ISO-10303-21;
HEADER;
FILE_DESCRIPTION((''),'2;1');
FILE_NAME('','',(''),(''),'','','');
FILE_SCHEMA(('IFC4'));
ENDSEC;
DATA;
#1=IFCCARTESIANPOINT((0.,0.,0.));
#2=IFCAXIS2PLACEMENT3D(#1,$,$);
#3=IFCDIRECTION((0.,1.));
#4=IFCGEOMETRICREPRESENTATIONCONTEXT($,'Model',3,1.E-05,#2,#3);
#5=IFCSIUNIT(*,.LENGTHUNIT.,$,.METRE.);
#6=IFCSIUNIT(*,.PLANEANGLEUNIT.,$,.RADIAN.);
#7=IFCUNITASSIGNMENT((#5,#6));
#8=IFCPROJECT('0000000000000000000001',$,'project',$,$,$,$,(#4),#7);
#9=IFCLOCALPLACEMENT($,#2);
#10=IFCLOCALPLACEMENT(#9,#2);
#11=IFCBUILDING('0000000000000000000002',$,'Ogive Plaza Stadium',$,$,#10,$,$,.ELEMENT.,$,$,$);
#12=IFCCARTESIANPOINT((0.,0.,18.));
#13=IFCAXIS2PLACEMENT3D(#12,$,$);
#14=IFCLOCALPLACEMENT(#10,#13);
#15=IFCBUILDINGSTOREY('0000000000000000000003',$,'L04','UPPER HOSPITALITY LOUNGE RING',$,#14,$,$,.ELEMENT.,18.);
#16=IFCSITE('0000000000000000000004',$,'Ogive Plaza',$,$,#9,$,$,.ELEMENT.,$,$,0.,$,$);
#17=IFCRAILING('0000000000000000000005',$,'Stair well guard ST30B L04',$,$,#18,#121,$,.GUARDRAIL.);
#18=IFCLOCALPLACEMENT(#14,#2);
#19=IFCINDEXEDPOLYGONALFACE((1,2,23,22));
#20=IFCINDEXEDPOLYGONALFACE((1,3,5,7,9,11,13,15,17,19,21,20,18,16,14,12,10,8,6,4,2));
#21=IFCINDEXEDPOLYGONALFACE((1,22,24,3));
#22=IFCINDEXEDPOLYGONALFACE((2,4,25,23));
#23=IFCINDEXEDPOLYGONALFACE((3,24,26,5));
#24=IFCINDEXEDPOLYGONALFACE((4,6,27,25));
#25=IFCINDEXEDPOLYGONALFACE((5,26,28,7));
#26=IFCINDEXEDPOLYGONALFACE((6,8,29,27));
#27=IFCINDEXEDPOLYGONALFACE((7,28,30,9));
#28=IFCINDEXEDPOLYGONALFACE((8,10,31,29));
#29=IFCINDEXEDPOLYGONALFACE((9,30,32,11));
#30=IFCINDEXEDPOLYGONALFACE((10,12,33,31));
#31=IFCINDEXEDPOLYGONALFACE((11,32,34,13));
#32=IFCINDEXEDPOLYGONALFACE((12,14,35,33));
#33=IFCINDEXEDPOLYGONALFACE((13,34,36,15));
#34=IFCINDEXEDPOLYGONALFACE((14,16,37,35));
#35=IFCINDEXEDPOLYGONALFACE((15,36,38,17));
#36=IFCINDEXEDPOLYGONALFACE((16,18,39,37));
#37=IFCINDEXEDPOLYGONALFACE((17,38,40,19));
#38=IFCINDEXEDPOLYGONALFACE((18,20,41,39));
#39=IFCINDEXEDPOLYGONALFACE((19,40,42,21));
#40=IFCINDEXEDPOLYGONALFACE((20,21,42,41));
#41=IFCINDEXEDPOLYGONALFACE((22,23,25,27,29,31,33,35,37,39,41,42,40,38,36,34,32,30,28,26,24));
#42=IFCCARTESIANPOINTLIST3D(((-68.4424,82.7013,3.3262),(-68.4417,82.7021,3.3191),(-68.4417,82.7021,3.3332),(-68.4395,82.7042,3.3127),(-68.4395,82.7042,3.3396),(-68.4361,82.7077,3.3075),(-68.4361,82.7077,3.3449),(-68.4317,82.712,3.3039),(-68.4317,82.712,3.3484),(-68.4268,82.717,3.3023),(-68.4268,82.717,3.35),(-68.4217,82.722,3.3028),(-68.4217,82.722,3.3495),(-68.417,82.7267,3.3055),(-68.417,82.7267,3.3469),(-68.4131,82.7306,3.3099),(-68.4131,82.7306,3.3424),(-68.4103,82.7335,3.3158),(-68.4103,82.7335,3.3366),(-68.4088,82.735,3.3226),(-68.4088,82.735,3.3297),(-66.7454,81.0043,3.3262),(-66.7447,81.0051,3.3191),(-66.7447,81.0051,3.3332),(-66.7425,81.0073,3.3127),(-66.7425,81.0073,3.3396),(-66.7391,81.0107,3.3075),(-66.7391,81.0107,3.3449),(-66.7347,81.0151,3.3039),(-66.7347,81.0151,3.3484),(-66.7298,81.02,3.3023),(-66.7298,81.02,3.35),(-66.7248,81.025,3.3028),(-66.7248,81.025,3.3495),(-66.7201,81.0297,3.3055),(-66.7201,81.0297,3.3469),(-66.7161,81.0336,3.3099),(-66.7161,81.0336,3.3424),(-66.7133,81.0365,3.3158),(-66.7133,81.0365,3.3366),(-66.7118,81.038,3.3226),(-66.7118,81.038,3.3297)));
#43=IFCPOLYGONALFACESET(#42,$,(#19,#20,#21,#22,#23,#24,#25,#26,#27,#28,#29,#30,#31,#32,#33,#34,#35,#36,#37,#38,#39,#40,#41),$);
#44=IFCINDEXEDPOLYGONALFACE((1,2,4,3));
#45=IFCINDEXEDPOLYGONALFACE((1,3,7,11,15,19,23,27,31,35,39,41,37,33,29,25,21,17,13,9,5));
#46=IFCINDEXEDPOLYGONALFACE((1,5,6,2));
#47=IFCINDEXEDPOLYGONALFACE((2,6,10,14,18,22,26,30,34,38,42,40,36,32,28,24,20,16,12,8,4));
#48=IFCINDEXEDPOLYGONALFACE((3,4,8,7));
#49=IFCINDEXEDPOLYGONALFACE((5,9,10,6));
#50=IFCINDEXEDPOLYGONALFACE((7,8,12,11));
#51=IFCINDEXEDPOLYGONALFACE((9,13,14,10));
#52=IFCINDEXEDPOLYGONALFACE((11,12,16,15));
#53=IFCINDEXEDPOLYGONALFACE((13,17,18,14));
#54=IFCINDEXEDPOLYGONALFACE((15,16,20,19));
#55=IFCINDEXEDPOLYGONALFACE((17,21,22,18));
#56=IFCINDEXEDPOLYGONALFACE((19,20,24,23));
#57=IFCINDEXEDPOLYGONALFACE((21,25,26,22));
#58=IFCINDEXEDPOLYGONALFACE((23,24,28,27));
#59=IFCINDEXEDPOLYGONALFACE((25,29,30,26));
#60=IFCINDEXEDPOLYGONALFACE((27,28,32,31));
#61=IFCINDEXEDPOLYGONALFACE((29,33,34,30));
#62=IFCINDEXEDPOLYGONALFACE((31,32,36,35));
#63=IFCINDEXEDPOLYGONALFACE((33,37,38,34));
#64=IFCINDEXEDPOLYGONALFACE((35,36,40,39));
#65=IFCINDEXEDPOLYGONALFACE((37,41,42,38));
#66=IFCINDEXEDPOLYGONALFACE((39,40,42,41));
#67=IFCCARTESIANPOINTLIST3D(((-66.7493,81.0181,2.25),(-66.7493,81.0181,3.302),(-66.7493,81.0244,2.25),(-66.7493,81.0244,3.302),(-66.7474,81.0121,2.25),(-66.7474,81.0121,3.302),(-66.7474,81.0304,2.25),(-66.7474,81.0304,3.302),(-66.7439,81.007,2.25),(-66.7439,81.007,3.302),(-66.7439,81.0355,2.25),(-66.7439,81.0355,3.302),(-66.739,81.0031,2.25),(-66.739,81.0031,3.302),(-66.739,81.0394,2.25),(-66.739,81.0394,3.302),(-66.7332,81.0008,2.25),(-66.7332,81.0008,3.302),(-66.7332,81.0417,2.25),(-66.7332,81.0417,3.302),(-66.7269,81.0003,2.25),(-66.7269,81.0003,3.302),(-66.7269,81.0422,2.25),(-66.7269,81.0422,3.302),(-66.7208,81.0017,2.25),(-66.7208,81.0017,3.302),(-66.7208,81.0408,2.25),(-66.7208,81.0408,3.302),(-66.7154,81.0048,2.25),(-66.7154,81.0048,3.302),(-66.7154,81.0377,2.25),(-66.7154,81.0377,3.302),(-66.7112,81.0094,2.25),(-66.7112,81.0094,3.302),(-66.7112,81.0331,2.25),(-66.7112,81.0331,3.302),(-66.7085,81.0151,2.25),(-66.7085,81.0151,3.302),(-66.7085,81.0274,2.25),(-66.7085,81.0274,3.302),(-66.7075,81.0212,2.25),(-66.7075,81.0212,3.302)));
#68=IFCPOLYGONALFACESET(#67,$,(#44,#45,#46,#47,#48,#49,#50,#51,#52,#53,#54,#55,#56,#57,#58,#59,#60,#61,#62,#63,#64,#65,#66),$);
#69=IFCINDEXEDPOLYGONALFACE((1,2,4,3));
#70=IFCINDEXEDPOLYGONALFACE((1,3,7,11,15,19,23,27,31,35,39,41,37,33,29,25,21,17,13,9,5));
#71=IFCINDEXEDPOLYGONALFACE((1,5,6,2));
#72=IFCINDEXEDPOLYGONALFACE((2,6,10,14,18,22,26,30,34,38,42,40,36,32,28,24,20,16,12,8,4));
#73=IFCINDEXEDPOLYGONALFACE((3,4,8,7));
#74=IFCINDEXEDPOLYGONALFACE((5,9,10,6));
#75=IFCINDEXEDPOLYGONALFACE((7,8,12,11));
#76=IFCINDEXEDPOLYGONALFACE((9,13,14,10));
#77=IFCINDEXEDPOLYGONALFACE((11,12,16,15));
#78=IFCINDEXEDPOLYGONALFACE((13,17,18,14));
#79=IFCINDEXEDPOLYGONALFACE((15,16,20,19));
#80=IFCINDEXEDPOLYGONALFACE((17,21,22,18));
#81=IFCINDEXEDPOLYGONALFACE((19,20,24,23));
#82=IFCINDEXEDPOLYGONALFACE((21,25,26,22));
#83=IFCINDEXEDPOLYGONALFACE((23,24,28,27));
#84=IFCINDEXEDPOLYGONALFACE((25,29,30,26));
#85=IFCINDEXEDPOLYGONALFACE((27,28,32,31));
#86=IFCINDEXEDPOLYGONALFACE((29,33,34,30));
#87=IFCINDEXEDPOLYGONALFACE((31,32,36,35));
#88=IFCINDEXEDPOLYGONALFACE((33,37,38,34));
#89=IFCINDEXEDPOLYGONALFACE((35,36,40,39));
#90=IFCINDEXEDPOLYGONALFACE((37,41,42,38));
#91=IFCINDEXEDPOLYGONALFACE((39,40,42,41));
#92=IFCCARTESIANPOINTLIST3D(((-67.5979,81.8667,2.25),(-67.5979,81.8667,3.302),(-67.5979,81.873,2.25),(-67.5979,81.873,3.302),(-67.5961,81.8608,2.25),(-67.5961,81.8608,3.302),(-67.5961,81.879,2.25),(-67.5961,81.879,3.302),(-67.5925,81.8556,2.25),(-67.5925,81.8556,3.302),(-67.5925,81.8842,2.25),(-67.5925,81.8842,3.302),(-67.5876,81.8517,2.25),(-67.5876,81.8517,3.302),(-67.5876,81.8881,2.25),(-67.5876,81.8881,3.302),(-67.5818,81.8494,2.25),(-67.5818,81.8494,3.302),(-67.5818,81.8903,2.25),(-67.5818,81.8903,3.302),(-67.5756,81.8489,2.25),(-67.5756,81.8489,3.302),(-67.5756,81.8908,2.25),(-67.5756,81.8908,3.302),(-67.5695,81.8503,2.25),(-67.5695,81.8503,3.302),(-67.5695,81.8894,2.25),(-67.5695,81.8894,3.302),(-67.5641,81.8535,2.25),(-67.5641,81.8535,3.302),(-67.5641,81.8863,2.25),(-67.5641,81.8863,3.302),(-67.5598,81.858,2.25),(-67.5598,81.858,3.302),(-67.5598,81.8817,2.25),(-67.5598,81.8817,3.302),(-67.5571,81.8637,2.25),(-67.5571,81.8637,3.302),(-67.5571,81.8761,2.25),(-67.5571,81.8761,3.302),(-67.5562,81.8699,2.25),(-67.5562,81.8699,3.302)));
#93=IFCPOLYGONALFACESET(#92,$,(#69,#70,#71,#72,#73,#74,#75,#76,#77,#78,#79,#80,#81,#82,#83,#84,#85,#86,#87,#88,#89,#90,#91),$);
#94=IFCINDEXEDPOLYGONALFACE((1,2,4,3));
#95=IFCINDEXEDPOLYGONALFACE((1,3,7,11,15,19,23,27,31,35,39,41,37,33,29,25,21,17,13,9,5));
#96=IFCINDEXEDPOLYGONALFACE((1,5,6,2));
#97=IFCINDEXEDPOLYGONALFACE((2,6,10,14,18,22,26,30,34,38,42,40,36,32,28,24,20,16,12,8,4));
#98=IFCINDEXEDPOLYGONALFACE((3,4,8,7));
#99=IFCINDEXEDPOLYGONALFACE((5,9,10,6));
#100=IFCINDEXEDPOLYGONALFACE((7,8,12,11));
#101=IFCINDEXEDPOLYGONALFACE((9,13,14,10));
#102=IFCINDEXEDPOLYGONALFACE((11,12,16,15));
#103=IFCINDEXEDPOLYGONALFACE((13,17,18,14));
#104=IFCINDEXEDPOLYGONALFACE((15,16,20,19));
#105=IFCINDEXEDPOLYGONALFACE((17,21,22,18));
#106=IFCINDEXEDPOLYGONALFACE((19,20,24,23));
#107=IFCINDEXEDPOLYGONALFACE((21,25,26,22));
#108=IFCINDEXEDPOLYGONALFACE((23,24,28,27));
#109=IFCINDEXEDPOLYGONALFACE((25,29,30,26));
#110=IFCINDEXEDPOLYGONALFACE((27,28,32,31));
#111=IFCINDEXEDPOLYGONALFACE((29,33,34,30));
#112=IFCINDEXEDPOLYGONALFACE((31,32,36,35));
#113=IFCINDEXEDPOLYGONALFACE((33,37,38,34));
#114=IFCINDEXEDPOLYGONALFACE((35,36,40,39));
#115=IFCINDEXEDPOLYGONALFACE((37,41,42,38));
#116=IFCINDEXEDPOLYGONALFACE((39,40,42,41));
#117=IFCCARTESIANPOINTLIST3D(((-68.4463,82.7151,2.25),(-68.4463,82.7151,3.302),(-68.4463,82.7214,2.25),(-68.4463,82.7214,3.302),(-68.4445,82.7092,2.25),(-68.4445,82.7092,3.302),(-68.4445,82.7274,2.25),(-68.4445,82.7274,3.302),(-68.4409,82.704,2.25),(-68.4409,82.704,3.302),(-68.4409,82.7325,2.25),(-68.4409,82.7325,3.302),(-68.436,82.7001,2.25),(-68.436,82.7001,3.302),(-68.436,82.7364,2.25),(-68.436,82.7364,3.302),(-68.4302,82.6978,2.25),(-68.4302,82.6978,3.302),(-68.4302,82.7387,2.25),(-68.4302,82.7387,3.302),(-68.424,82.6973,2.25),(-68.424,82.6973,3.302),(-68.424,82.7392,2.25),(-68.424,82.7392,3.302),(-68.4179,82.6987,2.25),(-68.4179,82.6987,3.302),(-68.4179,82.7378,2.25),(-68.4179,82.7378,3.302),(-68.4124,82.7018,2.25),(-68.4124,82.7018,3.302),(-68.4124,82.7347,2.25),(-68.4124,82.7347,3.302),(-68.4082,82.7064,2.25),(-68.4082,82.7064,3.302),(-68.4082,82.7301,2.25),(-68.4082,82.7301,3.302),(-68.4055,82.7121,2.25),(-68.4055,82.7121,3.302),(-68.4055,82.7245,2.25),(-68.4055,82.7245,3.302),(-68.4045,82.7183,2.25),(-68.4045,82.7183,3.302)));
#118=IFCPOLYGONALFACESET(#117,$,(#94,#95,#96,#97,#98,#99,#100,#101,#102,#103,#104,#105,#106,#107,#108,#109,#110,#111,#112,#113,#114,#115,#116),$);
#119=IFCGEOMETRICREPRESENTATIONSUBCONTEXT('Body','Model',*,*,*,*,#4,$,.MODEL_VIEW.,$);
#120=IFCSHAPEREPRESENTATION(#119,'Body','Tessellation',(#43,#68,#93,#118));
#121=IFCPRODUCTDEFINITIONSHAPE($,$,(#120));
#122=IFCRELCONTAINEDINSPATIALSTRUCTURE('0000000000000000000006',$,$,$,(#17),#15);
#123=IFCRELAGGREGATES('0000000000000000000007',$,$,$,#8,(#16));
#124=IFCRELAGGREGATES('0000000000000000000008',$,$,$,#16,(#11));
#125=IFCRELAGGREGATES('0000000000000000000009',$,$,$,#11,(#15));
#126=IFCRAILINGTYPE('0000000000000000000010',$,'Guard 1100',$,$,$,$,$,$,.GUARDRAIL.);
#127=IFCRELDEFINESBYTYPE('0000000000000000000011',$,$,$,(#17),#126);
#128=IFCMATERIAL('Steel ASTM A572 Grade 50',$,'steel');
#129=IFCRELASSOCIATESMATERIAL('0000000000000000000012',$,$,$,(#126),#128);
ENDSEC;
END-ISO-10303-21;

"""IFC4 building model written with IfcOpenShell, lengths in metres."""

from ifc_helpers import new_model, si_unit, direction, frame, origin, origin_2d, place, context, subcontext, project, spatial, circle, extrude, material, type_object, element, save


model = new_model("IFC4")

# Units and contexts
model_context = context("Model", 3, precision=1e-05, world=origin(), true_north=direction((0.0, 1.0)))
body_context = subcontext(model_context, "Body", "Model", "MODEL_VIEW")
ifc_project = project(units=[si_unit("LENGTHUNIT", "METRE"), si_unit("PLANEANGLEUNIT", "RADIAN")], contexts=[model_context])

# Site, building, storey
site_placement = place(None, origin())
site = spatial("IfcSite", under=ifc_project, at=site_placement, Name="Ogive Plaza", CompositionType="ELEMENT", RefElevation=0.0)
building_placement = place(site_placement, origin())
building = spatial("IfcBuilding", under=site, at=building_placement, Name="Ogive Plaza Stadium", CompositionType="ELEMENT")
storey_placement = place(building_placement, frame((0.0, 0.0, 18.0)))
storey = spatial("IfcBuildingStorey", under=building, at=storey_placement, Name="L04", Description="UPPER HOSPITALITY LOUNGE RING", CompositionType="ELEMENT", Elevation=18.0)

# Railing
ifc_material_1 = material(Name="Steel ASTM A572 Grade 50", Category="steel")
railing_type_1 = type_object("IfcRailingType", Name="Guard 1100", PredefinedType="GUARDRAIL", material=ifc_material_1)
for number, where, name in (
    (1, (-66.7285, 81.0212, 2.25), "Stair well guard ST30B L04"),
):
    element("IfcRailing", number, at=place(storey_placement, frame(where)), inside=storey, type_object=railing_type_1, Name=name, PredefinedType="GUARDRAIL", context=body_context, shape_type="SweptSolid", body=[
        extrude(circle(Radius=0.0239, at=origin_2d()), frame((0.0, 0.0, 1.0762), z_axis=(-0.707107, 0.707107, 0.0), x_axis=(-0.707107, -0.707107, 0.0)), (0.0, 0.0, 1.0), 2.3999),
        extrude(circle(Radius=0.021, at=origin_2d()), origin(), (0.0, 0.0, 1.0), 1.052),
        extrude(circle(Radius=0.021, at=origin_2d()), frame((-0.8486, 0.8486, 0.0)), (0.0, 0.0, 1.0), 1.052),
        extrude(circle(Radius=0.021, at=origin_2d()), frame((-1.697, 1.697, 0.0)), (0.0, 0.0, 1.0), 1.052),
    ])

save(model, "model.ifc")
